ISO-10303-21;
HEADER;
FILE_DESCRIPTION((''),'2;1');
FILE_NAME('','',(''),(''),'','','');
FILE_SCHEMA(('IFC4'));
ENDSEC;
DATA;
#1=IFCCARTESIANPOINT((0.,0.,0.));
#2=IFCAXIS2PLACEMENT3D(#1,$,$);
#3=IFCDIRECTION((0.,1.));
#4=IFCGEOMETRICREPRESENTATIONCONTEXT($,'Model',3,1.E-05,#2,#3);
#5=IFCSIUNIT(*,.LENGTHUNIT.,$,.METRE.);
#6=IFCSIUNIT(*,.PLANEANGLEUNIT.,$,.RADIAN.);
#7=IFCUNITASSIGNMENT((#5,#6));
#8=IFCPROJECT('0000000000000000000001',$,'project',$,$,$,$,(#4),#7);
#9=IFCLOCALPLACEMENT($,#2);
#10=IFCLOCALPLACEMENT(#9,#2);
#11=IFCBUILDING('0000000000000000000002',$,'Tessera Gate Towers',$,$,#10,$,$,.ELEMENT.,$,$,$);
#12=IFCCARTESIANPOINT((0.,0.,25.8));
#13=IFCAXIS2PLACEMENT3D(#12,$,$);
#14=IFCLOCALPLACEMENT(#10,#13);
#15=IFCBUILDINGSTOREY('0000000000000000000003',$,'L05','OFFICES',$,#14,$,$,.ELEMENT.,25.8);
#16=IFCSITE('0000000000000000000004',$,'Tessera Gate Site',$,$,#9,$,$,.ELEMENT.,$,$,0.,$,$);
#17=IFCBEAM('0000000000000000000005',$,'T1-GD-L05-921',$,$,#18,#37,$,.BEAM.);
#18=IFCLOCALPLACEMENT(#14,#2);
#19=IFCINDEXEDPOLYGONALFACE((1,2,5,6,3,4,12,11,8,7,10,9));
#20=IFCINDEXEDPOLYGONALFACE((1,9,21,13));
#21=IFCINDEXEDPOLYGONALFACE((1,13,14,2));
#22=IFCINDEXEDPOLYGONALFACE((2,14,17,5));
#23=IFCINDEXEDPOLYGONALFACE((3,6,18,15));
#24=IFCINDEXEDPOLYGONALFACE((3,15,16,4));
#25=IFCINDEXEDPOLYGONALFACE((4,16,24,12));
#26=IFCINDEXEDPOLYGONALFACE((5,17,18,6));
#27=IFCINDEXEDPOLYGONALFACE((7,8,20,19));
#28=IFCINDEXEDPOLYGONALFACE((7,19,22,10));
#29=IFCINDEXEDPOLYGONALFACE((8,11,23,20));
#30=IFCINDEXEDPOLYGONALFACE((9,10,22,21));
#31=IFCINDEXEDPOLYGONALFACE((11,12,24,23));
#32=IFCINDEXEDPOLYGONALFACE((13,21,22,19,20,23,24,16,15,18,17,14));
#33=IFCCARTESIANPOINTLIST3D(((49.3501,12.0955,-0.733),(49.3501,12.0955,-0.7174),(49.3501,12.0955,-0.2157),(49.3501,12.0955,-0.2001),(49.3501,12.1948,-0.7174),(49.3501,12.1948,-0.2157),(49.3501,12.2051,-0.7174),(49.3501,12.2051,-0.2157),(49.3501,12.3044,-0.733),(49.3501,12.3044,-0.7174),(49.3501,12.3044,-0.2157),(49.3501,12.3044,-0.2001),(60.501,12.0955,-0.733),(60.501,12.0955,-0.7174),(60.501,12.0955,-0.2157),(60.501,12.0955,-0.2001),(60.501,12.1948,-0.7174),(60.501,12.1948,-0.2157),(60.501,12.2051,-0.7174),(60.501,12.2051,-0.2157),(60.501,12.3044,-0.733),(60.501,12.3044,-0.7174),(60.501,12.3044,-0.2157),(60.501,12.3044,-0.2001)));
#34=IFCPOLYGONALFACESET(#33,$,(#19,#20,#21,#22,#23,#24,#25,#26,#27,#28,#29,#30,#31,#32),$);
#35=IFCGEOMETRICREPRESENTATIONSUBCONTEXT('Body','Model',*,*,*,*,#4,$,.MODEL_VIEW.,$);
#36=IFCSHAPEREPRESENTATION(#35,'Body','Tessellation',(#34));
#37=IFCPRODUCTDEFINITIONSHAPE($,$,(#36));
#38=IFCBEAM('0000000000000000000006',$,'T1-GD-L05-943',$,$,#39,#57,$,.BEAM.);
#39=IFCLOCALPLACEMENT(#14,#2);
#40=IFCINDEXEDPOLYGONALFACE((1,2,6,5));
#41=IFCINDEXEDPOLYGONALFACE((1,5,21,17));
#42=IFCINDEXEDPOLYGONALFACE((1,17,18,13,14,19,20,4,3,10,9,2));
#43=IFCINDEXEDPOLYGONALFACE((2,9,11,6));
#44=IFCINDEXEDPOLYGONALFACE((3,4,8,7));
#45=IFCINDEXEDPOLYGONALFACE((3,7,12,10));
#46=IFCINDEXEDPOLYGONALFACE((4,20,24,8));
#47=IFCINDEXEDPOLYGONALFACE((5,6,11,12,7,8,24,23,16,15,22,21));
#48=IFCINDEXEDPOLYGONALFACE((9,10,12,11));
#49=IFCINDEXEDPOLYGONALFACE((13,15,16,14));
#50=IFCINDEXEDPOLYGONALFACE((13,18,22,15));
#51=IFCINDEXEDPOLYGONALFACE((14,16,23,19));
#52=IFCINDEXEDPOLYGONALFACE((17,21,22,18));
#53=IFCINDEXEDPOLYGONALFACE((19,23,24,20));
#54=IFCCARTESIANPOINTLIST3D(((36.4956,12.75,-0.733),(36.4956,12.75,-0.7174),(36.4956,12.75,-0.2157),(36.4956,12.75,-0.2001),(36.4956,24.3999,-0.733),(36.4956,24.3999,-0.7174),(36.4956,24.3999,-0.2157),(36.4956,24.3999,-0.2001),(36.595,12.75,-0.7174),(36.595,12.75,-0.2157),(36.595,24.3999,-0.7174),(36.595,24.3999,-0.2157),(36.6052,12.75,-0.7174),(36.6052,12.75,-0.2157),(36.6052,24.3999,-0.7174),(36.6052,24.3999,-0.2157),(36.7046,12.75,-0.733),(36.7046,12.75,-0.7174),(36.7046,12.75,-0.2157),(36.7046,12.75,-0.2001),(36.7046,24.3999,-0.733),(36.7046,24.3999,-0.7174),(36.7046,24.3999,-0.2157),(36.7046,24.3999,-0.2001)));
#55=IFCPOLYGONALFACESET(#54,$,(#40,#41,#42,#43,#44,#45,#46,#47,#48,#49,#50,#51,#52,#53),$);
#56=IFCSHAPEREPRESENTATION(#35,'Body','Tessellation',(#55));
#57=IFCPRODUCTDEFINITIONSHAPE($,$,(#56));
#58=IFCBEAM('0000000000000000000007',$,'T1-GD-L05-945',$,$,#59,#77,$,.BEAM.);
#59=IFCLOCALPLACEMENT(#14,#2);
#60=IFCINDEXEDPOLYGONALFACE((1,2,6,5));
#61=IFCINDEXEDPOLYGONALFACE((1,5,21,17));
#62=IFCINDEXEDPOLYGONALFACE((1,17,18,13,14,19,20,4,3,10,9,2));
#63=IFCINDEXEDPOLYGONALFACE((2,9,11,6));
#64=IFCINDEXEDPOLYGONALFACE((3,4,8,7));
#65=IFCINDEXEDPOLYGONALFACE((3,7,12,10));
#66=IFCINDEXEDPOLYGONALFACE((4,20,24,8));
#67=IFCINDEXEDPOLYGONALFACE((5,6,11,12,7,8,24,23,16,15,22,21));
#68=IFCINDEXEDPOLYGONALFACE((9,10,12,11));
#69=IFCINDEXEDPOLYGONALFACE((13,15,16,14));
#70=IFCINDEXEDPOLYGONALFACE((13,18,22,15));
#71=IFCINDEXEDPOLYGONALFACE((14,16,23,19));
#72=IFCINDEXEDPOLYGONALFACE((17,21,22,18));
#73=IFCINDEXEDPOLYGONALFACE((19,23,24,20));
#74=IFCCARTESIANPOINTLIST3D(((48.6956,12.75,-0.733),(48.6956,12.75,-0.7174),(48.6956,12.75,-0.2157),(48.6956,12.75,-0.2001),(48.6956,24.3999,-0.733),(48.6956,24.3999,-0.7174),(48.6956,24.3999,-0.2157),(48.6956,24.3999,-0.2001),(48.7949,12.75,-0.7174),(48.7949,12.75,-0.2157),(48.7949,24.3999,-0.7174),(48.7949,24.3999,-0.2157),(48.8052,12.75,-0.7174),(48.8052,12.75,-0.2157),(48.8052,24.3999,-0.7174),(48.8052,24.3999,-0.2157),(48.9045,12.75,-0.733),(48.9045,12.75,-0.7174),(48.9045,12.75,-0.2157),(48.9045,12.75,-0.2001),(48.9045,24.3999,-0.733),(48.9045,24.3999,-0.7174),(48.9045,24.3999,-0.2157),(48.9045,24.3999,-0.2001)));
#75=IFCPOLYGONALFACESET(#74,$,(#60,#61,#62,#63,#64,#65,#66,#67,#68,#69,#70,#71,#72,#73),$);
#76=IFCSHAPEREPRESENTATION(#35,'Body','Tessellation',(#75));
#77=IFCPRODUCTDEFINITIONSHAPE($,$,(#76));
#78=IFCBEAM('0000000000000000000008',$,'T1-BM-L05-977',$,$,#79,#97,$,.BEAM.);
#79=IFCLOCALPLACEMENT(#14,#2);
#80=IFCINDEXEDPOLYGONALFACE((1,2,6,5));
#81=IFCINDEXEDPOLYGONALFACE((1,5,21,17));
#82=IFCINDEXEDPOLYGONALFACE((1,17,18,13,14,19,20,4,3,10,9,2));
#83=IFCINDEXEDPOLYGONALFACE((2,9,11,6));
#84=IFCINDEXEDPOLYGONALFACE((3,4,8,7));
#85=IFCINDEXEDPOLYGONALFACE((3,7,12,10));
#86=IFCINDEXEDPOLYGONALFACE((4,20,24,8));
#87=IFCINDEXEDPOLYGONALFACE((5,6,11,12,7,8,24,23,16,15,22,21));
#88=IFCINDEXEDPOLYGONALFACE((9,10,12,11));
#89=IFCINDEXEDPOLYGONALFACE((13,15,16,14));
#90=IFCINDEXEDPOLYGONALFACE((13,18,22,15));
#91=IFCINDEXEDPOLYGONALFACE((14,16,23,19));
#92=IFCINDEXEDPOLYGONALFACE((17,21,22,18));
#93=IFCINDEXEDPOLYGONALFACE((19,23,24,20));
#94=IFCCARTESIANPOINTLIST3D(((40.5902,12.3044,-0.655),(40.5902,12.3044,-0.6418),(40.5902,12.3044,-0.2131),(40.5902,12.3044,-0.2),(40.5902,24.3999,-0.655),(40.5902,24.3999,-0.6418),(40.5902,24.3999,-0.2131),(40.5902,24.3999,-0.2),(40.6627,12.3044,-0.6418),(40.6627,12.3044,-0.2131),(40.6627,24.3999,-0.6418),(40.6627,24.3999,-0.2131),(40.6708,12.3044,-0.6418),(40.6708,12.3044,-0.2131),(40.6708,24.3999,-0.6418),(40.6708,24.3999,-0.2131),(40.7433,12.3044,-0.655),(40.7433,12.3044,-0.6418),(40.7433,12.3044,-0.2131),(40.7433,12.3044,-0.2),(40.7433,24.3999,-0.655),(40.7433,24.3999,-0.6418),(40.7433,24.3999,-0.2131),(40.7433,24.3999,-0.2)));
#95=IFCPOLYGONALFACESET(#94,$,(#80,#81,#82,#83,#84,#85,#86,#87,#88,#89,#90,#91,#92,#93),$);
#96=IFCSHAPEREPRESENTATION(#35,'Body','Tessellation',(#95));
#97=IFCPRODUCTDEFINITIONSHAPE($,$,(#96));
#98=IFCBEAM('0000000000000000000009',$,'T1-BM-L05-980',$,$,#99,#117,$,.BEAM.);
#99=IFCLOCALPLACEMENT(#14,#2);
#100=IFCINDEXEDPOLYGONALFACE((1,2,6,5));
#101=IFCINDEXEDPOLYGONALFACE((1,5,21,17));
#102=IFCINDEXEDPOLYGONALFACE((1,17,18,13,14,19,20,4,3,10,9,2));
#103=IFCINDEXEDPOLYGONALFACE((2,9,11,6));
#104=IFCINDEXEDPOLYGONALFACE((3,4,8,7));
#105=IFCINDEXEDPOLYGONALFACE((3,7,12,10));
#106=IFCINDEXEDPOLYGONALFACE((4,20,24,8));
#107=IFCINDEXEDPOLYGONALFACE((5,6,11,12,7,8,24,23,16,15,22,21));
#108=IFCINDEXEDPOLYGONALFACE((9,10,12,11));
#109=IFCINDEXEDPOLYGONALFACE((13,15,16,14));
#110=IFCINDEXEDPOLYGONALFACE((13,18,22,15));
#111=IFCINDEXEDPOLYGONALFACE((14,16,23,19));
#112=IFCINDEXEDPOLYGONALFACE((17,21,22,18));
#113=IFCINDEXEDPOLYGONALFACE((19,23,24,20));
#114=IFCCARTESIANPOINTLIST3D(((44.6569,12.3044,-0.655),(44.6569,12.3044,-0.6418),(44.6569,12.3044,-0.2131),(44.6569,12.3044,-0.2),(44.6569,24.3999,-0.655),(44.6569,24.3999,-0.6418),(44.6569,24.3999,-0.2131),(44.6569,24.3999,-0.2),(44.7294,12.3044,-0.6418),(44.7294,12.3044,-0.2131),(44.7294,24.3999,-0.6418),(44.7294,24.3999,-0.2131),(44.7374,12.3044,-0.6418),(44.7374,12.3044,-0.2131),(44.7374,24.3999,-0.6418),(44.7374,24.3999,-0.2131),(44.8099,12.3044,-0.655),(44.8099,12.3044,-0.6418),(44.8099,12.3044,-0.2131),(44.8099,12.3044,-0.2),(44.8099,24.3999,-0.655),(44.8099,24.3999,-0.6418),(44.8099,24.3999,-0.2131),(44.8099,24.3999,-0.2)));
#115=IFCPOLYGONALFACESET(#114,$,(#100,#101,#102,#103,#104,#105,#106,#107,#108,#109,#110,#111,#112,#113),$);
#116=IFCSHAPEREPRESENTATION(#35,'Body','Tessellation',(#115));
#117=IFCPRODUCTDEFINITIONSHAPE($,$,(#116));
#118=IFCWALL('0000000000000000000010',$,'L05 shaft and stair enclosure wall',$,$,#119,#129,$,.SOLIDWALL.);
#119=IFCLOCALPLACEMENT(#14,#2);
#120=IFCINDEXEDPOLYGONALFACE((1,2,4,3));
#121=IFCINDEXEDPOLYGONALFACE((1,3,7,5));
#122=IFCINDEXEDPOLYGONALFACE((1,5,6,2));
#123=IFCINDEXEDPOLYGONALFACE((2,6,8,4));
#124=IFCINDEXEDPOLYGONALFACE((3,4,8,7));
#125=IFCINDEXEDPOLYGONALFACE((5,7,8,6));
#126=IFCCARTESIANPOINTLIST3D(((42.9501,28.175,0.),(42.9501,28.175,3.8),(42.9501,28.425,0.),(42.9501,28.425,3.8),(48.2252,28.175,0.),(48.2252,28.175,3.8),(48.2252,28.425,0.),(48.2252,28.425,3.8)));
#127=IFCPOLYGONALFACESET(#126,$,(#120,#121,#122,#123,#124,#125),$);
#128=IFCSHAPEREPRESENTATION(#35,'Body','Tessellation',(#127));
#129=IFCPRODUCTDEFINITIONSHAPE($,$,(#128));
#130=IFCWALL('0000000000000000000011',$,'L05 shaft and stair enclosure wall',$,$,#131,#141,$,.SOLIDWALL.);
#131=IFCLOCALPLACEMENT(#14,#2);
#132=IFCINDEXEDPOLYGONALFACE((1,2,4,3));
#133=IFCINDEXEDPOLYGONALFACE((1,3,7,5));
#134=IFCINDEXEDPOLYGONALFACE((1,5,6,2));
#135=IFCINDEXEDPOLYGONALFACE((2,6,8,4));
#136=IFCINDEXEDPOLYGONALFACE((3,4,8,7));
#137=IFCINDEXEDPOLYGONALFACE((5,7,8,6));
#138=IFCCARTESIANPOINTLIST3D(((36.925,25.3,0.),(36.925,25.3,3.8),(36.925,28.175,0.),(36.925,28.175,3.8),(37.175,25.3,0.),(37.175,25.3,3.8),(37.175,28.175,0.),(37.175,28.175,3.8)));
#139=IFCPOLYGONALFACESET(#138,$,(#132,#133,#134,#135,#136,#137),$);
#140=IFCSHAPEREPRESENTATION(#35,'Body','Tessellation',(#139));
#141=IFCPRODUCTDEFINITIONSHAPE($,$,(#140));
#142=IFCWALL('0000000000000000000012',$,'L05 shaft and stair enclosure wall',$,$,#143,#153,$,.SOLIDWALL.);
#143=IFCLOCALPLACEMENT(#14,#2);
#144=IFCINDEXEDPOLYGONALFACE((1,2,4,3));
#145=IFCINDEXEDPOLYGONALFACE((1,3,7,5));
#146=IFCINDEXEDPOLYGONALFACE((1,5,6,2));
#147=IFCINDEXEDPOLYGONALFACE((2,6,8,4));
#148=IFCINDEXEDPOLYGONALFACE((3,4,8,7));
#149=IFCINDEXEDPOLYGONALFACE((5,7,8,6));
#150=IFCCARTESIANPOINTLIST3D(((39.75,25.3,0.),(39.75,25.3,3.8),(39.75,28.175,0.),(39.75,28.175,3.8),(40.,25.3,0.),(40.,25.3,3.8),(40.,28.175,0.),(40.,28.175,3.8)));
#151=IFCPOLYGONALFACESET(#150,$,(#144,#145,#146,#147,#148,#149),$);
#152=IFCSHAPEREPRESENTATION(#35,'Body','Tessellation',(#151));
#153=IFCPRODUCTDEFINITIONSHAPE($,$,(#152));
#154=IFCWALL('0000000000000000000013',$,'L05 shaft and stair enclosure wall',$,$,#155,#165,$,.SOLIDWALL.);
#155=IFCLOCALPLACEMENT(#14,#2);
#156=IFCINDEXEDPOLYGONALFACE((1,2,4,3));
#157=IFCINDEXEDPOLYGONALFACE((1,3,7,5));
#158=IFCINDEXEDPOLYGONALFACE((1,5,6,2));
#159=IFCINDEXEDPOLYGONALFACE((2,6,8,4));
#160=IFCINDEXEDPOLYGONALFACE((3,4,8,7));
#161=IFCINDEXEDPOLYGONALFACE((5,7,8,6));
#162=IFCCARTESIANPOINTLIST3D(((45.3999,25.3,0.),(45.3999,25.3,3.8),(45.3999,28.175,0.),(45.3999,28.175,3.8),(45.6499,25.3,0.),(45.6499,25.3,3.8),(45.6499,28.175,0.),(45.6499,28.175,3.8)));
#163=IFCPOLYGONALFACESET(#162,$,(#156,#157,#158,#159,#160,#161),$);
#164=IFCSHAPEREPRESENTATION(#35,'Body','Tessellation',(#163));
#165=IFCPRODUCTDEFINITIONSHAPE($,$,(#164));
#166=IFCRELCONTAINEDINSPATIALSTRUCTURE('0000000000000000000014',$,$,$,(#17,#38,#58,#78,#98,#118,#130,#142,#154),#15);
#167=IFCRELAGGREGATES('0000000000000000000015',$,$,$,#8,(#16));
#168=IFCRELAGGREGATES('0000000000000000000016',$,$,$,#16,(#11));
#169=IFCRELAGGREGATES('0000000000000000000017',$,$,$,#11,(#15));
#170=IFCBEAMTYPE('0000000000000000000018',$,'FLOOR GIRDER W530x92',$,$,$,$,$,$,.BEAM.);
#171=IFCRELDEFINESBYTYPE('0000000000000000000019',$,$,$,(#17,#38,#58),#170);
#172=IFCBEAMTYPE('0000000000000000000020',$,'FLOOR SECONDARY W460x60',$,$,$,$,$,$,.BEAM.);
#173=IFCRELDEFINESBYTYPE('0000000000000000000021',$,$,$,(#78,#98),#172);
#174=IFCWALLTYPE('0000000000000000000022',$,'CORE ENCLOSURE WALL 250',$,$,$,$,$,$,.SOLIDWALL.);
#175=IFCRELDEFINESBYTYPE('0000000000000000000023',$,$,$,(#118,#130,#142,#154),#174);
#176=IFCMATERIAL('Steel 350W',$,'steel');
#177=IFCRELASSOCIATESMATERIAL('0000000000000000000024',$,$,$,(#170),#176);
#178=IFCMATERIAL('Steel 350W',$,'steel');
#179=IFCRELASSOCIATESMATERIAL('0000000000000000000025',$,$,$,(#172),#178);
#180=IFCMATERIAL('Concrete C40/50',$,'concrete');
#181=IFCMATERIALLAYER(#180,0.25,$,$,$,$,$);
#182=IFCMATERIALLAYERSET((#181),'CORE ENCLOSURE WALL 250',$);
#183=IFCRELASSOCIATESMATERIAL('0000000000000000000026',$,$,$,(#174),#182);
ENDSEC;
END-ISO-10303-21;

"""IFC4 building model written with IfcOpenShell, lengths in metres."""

from ifc_helpers import new_model, si_unit, direction, frame, frame_2d, origin, origin_2d, place, context, subcontext, project, spatial, rectangle, i_section, extrude, material, layer, layer_set, material_profile, profile_set, type_object, element, save


model = new_model("IFC4")

# Units and contexts
model_context = context("Model", 3, precision=1e-05, world=origin(), true_north=direction((0.0, 1.0)))
body_context = subcontext(model_context, "Body", "Model", "MODEL_VIEW")
ifc_project = project(units=[si_unit("LENGTHUNIT", "METRE"), si_unit("PLANEANGLEUNIT", "RADIAN")], contexts=[model_context])

# Site, building, storey
site_placement = place(None, origin())
site = spatial("IfcSite", under=ifc_project, at=site_placement, Name="Tessera Gate Site", CompositionType="ELEMENT", RefElevation=0.0)
building_placement = place(site_placement, origin())
building = spatial("IfcBuilding", under=site, at=building_placement, Name="Tessera Gate Towers", CompositionType="ELEMENT")
storey_placement = place(building_placement, frame((0.0, 0.0, 25.8)))
storey = spatial("IfcBuildingStorey", under=building, at=storey_placement, Name="L05", Description="OFFICES", CompositionType="ELEMENT", Elevation=25.8)

# Beams
ifc_material_1 = material(Name="Steel 350W", Category="steel")
ifc_material_profile_1 = material_profile(ifc_material_1, i_section(OverallWidth=0.209, OverallDepth=0.533, WebThickness=0.0103, FlangeThickness=0.0156, at=origin_2d()), Name="W530x92")
ifc_profile_set_1 = profile_set([ifc_material_profile_1], Name="Steel 350W")
beam_type_1 = type_object("IfcBeamType", Name="FLOOR GIRDER W530x92", PredefinedType="BEAM", material=ifc_profile_set_1)
beam_placement = place(storey_placement, frame((49.3501, 12.2, -0.4666), z_axis=(1.0, 0.0, 0.0), x_axis=(0.0, 1.0, 0.0)))
element("IfcBeam", 1, at=beam_placement, inside=storey, type_object=beam_type_1, Name="T1-GD-L05-921", PredefinedType="BEAM", context=body_context, shape_type="SweptSolid", body=[
    extrude(i_section(OverallWidth=0.209, OverallDepth=0.533, WebThickness=0.0103, FlangeThickness=0.0156, at=origin_2d()), origin(), (0.0, 0.0, 1.0), 11.1509),
])
for number, where, z_axis, x_axis, name in (
    (2, (36.6001, 12.75, -0.4666), (0.0, 1.0, 0.0), (-1.0, 0.0, 0.0), "T1-GD-L05-943"),
    (3, (48.8, 12.75, -0.4666), (0.0, 1.0, 0.0), (-1.0, 0.0, 0.0), "T1-GD-L05-945"),
):
    element("IfcBeam", number, at=place(storey_placement, frame(where, z_axis=z_axis, x_axis=x_axis)), inside=storey, type_object=beam_type_1, Name=name, PredefinedType="BEAM", context=body_context, shape_type="SweptSolid", body=[
        extrude(i_section(OverallWidth=0.209, OverallDepth=0.533, WebThickness=0.0103, FlangeThickness=0.0156, at=origin_2d()), origin(), (0.0, 0.0, 1.0), 11.6499),
    ])
ifc_material_2 = material(Name="Steel 350W", Category="steel")
ifc_material_profile_2 = material_profile(ifc_material_2, i_section(OverallWidth=0.1531, OverallDepth=0.4551, WebThickness=0.0081, FlangeThickness=0.0132, at=origin_2d()), Name="W460x60")
ifc_profile_set_2 = profile_set([ifc_material_profile_2], Name="Steel 350W")
beam_type_2 = type_object("IfcBeamType", Name="FLOOR SECONDARY W460x60", PredefinedType="BEAM", material=ifc_profile_set_2)
for number, where, z_axis, x_axis, name in (
    (4, (40.6667, 12.3044, -0.4275), (0.0, 1.0, 0.0), (-1.0, 0.0, 0.0), "T1-BM-L05-977"),
    (5, (44.7334, 12.3044, -0.4275), (0.0, 1.0, 0.0), (-1.0, 0.0, 0.0), "T1-BM-L05-980"),
):
    element("IfcBeam", number, at=place(storey_placement, frame(where, z_axis=z_axis, x_axis=x_axis)), inside=storey, type_object=beam_type_2, Name=name, PredefinedType="BEAM", context=body_context, shape_type="SweptSolid", body=[
        extrude(i_section(OverallWidth=0.1531, OverallDepth=0.4551, WebThickness=0.0081, FlangeThickness=0.0132, at=origin_2d()), origin(), (0.0, 0.0, 1.0), 12.0955),
    ])

# Walls
ifc_material_3 = material(Name="Concrete C40/50", Category="concrete")
ifc_layer_1 = layer(ifc_material_3, 0.25)
ifc_layer_set_1 = layer_set([ifc_layer_1], Name="CORE ENCLOSURE WALL 250")
wall_type_1 = type_object("IfcWallType", Name="CORE ENCLOSURE WALL 250", PredefinedType="SOLIDWALL", material=ifc_layer_set_1)
wall_1_placement = place(storey_placement, frame((42.95, 28.3, 0.0), z_axis=(0.0, 0.0, 1.0), x_axis=(1.0, 0.0, 0.0)))
element("IfcWall", 6, at=wall_1_placement, inside=storey, type_object=wall_type_1, Name="L05 shaft and stair enclosure wall", PredefinedType="SOLIDWALL", context=body_context, shape_type="SweptSolid", body=[
    extrude(rectangle(XDim=5.2751, YDim=0.25, at=frame_2d((2.6377, 0.0))), origin(), (0.0, 0.0, 1.0), 3.8),
])
for number, where, z_axis, x_axis, name in (
    (7, (37.05, 25.3, 0.0), (0.0, 0.0, 1.0), (0.0, 1.0, 0.0), "L05 shaft and stair enclosure wall"),
    (8, (39.875, 25.3, 0.0), (0.0, 0.0, 1.0), (0.0, 1.0, 0.0), "L05 shaft and stair enclosure wall"),
    (9, (45.5249, 25.3, 0.0), (0.0, 0.0, 1.0), (0.0, 1.0, 0.0), "L05 shaft and stair enclosure wall"),
):
    element("IfcWall", number, at=place(storey_placement, frame(where, z_axis=z_axis, x_axis=x_axis)), inside=storey, type_object=wall_type_1, Name=name, PredefinedType="SOLIDWALL", context=body_context, shape_type="SweptSolid", body=[
        extrude(rectangle(XDim=2.875, YDim=0.25, at=frame_2d((1.4375, 0.0))), origin(), (0.0, 0.0, 1.0), 3.8),
    ])

save(model, "model.ifc")
